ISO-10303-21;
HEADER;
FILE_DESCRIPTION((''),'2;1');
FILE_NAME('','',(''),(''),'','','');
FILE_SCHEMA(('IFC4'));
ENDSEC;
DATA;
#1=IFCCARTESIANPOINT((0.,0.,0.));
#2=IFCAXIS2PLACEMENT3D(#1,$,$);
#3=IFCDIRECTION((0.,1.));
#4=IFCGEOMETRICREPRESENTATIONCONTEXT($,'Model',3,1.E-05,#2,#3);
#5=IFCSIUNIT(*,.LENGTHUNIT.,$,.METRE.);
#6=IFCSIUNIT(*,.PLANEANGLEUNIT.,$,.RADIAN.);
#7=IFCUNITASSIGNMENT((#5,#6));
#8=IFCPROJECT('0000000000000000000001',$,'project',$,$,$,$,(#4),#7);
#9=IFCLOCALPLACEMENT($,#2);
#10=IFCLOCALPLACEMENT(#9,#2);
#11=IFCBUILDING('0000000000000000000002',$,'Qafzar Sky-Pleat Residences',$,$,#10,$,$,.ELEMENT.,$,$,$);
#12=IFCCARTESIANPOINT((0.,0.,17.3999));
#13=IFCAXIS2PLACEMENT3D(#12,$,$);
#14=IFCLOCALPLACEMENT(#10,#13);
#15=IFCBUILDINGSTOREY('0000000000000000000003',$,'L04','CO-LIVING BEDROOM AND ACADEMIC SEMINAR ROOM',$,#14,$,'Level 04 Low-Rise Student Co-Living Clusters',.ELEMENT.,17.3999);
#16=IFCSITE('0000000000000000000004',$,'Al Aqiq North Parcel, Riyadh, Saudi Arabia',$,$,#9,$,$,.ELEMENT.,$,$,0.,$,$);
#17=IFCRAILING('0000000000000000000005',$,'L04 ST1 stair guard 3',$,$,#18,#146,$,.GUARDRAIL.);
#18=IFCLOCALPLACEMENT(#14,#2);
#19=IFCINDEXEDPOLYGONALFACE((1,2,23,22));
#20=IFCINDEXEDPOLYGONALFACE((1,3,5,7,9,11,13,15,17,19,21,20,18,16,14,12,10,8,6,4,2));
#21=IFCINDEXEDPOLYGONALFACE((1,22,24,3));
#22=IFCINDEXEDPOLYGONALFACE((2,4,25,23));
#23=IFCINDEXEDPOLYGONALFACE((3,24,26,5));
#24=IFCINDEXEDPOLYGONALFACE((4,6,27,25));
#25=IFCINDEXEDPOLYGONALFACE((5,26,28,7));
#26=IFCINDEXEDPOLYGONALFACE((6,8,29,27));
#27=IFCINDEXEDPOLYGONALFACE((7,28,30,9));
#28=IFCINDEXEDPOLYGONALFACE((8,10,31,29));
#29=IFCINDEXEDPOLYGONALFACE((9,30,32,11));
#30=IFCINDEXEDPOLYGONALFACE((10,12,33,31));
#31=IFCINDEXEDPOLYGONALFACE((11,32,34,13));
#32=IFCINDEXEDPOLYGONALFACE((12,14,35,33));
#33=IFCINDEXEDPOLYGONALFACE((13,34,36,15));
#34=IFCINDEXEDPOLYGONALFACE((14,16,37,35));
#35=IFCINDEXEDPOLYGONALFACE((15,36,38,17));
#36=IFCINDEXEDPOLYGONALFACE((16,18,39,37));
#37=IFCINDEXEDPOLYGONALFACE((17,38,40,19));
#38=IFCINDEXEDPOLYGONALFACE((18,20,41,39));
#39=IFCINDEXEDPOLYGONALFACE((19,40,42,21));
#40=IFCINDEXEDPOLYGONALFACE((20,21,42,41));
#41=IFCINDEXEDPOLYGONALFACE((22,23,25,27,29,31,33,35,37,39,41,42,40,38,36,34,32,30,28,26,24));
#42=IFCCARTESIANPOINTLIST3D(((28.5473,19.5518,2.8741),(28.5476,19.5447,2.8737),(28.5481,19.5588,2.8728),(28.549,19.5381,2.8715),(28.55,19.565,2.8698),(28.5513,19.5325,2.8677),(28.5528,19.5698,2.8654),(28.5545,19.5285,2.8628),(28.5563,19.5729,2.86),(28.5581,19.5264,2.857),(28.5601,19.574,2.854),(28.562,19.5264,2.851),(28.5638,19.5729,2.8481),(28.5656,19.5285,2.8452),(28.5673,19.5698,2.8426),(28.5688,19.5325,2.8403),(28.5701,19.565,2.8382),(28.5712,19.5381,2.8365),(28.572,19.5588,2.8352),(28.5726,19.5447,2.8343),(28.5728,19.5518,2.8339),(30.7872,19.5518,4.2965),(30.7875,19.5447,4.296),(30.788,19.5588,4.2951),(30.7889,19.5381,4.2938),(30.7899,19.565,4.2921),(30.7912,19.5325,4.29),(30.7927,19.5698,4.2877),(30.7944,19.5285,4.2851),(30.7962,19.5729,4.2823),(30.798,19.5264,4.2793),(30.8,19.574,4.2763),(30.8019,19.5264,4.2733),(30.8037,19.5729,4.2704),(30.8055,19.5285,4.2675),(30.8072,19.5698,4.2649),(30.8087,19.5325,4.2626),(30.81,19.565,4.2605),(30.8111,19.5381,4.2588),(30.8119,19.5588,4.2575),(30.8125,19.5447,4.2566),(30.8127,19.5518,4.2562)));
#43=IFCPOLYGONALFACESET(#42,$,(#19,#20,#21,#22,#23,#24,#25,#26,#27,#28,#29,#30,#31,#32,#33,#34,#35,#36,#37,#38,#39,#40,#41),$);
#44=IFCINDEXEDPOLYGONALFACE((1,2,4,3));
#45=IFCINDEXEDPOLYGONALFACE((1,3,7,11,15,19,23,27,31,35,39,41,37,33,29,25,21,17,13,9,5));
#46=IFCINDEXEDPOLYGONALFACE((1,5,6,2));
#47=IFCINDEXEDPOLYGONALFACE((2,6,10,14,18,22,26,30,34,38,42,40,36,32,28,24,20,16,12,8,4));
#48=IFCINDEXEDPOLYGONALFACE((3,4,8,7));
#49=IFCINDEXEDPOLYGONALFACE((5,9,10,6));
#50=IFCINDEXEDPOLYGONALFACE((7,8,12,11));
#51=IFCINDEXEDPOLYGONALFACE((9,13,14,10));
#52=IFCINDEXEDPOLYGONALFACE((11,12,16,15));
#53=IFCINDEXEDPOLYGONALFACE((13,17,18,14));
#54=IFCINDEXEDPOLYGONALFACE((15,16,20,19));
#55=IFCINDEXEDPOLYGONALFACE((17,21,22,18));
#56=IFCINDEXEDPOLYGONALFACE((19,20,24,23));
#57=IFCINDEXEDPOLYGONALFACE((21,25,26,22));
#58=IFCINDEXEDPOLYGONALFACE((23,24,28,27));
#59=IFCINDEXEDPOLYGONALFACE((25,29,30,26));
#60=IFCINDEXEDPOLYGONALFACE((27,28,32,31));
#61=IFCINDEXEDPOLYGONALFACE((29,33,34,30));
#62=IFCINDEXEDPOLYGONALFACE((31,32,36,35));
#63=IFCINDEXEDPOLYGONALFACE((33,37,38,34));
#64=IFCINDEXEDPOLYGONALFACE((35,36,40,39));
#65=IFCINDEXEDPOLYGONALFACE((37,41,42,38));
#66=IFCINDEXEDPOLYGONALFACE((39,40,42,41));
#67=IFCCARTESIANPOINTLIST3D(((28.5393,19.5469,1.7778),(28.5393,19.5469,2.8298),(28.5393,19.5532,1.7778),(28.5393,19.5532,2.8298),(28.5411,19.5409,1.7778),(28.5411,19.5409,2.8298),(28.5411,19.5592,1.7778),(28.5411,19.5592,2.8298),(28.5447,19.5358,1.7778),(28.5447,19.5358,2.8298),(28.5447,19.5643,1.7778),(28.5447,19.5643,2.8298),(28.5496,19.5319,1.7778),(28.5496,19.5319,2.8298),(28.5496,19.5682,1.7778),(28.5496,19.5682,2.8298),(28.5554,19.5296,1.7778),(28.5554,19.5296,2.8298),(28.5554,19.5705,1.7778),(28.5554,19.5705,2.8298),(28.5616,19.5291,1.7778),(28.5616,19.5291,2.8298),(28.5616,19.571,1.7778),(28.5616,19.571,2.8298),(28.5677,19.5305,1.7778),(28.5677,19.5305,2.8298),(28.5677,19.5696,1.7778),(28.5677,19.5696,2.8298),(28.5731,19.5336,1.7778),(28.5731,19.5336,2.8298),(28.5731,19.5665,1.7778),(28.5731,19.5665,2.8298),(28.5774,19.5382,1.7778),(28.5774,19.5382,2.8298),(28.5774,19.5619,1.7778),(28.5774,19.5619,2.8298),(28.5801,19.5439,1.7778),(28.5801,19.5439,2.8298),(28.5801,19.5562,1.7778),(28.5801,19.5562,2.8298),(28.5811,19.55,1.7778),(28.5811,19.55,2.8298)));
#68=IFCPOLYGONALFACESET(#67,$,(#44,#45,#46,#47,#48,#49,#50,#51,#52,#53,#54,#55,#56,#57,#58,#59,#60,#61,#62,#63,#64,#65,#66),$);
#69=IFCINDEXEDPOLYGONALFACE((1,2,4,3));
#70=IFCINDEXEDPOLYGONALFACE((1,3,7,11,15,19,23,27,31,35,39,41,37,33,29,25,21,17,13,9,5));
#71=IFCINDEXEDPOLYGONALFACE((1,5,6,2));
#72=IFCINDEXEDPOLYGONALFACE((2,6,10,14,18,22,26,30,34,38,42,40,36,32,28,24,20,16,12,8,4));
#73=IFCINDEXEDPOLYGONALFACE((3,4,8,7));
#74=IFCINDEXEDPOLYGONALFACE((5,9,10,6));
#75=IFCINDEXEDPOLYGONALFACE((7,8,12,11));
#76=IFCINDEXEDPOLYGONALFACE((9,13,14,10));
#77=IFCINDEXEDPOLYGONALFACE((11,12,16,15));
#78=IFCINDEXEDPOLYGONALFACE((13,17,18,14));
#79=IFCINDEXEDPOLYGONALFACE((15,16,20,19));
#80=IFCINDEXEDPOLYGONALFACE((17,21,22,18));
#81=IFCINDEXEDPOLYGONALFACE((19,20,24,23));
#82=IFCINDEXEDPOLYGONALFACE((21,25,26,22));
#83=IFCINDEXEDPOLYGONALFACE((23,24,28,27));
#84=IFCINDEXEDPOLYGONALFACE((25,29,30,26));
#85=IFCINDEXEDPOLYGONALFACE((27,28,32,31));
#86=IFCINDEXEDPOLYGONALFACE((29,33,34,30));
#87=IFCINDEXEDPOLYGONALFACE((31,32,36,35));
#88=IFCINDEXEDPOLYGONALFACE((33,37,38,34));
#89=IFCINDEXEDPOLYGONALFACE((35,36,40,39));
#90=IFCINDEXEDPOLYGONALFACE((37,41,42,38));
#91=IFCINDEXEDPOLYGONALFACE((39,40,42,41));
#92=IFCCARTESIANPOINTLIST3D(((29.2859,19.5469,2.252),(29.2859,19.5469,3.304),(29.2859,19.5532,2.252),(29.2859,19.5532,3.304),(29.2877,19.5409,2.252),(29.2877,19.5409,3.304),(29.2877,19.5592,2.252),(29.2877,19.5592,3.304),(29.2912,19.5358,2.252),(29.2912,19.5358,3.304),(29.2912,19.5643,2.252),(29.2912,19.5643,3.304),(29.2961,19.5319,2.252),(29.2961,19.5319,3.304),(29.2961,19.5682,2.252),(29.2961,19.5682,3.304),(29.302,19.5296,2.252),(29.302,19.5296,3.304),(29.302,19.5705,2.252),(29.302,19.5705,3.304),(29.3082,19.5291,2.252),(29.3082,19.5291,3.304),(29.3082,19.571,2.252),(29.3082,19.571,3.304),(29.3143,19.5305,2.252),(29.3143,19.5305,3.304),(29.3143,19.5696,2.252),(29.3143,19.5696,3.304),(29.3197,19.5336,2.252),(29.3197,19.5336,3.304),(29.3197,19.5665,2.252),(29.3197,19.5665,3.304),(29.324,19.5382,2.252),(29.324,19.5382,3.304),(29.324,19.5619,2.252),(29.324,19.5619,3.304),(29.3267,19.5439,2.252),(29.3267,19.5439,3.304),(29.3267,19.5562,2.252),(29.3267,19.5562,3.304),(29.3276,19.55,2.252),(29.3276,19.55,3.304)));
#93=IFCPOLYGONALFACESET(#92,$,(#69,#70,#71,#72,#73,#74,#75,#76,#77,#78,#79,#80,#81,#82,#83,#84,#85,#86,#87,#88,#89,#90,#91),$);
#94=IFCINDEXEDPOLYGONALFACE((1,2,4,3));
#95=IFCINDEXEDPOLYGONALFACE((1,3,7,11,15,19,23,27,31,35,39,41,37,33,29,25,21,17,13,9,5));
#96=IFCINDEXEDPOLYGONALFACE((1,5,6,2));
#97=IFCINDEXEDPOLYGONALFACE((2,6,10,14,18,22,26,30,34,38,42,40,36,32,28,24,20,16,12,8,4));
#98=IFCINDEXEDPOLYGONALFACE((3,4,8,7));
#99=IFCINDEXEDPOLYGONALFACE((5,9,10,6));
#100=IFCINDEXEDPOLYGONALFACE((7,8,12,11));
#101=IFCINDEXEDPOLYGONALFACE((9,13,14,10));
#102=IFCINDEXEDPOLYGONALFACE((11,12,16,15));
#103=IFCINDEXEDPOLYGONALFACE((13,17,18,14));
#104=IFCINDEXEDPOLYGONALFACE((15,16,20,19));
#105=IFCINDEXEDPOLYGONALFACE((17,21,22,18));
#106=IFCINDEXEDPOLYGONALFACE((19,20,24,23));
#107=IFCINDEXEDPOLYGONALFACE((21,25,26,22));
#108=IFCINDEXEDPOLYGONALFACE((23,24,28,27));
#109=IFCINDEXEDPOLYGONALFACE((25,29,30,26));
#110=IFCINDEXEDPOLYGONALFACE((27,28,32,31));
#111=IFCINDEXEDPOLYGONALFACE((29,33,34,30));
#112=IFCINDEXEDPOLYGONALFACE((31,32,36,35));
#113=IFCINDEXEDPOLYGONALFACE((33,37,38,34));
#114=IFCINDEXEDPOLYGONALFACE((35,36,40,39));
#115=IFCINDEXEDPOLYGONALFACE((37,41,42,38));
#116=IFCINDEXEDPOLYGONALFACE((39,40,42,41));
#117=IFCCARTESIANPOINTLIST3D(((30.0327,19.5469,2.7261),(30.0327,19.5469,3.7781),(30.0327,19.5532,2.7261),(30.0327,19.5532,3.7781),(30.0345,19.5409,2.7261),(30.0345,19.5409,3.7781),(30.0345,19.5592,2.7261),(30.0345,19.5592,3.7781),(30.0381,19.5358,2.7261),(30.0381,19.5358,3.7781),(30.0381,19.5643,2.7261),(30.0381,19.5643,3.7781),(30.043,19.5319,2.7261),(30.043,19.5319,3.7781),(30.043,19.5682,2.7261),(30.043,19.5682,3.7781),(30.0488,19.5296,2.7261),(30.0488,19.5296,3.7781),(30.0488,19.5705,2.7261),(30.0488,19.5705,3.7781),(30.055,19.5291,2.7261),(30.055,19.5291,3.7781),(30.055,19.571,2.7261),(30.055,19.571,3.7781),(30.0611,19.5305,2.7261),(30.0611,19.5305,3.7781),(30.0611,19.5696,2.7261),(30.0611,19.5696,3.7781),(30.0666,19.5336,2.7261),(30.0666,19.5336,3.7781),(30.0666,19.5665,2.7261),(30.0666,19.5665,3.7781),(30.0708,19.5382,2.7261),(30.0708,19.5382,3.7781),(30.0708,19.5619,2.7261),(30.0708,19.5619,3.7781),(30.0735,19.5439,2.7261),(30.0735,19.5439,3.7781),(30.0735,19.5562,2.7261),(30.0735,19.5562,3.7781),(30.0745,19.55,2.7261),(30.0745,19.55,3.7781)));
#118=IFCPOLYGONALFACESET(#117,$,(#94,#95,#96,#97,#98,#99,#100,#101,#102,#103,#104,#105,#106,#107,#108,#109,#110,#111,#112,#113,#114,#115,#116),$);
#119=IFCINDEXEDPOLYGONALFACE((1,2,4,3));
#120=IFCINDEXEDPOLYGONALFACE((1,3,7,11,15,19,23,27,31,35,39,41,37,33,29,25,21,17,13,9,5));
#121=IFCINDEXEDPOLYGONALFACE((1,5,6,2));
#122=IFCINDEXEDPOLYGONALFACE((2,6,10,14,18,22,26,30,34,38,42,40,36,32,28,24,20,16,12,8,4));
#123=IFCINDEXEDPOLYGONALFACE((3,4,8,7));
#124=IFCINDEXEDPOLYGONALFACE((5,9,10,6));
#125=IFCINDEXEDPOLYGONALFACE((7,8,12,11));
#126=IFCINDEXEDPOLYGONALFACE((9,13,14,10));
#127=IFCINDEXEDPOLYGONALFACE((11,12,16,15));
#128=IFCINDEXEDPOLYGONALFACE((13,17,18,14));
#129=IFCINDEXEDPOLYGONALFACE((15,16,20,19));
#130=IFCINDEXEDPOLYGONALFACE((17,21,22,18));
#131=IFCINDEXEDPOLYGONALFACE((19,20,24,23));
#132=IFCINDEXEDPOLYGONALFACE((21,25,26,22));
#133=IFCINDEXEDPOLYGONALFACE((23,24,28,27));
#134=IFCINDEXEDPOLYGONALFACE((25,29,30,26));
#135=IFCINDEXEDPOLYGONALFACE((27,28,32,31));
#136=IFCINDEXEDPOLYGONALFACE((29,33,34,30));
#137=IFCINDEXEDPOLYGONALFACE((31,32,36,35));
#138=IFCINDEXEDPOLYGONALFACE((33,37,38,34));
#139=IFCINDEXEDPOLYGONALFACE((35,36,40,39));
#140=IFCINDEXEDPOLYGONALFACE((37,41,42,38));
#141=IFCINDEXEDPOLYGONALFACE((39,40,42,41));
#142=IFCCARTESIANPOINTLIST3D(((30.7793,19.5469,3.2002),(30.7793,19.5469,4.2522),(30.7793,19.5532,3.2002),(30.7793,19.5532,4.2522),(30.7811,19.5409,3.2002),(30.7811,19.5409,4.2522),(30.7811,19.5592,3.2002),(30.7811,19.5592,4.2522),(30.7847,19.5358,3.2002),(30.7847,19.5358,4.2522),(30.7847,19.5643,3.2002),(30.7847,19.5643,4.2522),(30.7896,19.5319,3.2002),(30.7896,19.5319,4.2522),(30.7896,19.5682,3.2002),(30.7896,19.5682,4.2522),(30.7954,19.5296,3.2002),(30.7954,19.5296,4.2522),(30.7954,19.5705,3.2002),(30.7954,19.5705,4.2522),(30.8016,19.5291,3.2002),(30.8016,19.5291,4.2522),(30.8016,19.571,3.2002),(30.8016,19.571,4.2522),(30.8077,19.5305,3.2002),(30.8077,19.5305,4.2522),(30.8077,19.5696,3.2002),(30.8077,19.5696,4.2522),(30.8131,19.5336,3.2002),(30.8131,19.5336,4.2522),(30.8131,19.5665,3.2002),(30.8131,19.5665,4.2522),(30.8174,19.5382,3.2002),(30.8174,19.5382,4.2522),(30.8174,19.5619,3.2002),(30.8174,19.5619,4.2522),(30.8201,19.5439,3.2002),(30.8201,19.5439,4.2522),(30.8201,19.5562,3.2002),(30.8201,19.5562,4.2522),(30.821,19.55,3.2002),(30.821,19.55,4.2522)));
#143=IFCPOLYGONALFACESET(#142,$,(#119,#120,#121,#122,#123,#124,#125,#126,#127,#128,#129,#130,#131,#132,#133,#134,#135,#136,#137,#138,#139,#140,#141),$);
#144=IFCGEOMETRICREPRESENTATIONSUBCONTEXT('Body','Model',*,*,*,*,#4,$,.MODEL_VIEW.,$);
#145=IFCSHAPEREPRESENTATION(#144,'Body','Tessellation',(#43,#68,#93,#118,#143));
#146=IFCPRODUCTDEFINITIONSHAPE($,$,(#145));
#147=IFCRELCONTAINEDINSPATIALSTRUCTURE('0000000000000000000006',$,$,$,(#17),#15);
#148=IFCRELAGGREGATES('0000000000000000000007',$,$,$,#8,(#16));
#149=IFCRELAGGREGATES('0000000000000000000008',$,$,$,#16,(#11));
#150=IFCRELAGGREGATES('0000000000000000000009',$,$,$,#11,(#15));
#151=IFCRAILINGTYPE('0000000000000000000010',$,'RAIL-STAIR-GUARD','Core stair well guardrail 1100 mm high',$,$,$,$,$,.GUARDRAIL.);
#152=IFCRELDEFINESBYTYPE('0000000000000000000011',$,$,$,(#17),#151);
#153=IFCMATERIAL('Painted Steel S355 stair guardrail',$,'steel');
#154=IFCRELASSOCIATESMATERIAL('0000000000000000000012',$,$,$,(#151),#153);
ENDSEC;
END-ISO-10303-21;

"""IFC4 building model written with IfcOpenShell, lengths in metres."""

from ifc_helpers import new_model, si_unit, direction, frame, origin, origin_2d, place, context, subcontext, project, spatial, circle, extrude, source, transform, mapped, material, type_object, element, save


model = new_model("IFC4")

# Units and contexts
model_context = context("Model", 3, precision=1e-05, world=origin(), true_north=direction((0.0, 1.0)))
body_context = subcontext(model_context, "Body", "Model", "MODEL_VIEW")
ifc_project = project(units=[si_unit("LENGTHUNIT", "METRE"), si_unit("PLANEANGLEUNIT", "RADIAN")], contexts=[model_context])

# Site, building, storey
site_placement = place(None, origin())
site = spatial("IfcSite", under=ifc_project, at=site_placement, Name="Al Aqiq North Parcel, Riyadh, Saudi Arabia", CompositionType="ELEMENT", RefElevation=0.0)
building_placement = place(site_placement, origin())
building = spatial("IfcBuilding", under=site, at=building_placement, Name="Qafzar Sky-Pleat Residences", CompositionType="ELEMENT")
storey_placement = place(building_placement, frame((0.0, 0.0, 17.3999)))
storey = spatial("IfcBuildingStorey", under=building, at=storey_placement, Name="L04", Description="CO-LIVING BEDROOM AND ACADEMIC SEMINAR ROOM", LongName="Level 04 Low-Rise Student Co-Living Clusters", CompositionType="ELEMENT", Elevation=17.3999)

# Railing
ifc_material_1 = material(Name="Painted Steel S355 stair guardrail", Category="steel")
railing_type_1 = type_object("IfcRailingType", Name="RAIL-STAIR-GUARD", Description="Core stair well guardrail 1100 mm high", PredefinedType="GUARDRAIL", material=ifc_material_1)
shared_shape_1 = source(origin(), body_context, "Body", "SweptSolid", [
    extrude(circle(Radius=0.0239, at=origin_2d()), frame((0.0, 0.0, 1.0762), z_axis=(0.844188, 0.0, 0.536048), x_axis=(0.0, 1.0, 0.0)), (0.0, 0.0, 1.0), 2.6533),
    extrude(circle(Radius=0.021, at=origin_2d()), origin(), (0.0, 0.0, 1.0), 1.052),
    extrude(circle(Radius=0.021, at=origin_2d()), frame((0.7466, 0.0, 0.4741)), (0.0, 0.0, 1.0), 1.052),
    extrude(circle(Radius=0.021, at=origin_2d()), frame((1.4934, 0.0, 0.9482)), (0.0, 0.0, 1.0), 1.052),
    extrude(circle(Radius=0.021, at=origin_2d()), frame((2.24, 0.0, 1.4224)), (0.0, 0.0, 1.0), 1.052),
])
railing_1_placement = place(storey_placement, frame((28.5601, 19.55, 1.7778)))
element("IfcRailing", 1, at=railing_1_placement, inside=storey, type_object=railing_type_1, Name="L04 ST1 stair guard 3", PredefinedType="GUARDRAIL", context=body_context, shape_type="MappedRepresentation", body=[
    mapped(shared_shape_1, transform((0.0, 0.0, 0.0), x_axis=(1.0, 0.0, 0.0), y_axis=(0.0, 1.0, 0.0), z_axis=(0.0, 0.0, 1.0), scale=1.0)),
])

save(model, "model.ifc")
